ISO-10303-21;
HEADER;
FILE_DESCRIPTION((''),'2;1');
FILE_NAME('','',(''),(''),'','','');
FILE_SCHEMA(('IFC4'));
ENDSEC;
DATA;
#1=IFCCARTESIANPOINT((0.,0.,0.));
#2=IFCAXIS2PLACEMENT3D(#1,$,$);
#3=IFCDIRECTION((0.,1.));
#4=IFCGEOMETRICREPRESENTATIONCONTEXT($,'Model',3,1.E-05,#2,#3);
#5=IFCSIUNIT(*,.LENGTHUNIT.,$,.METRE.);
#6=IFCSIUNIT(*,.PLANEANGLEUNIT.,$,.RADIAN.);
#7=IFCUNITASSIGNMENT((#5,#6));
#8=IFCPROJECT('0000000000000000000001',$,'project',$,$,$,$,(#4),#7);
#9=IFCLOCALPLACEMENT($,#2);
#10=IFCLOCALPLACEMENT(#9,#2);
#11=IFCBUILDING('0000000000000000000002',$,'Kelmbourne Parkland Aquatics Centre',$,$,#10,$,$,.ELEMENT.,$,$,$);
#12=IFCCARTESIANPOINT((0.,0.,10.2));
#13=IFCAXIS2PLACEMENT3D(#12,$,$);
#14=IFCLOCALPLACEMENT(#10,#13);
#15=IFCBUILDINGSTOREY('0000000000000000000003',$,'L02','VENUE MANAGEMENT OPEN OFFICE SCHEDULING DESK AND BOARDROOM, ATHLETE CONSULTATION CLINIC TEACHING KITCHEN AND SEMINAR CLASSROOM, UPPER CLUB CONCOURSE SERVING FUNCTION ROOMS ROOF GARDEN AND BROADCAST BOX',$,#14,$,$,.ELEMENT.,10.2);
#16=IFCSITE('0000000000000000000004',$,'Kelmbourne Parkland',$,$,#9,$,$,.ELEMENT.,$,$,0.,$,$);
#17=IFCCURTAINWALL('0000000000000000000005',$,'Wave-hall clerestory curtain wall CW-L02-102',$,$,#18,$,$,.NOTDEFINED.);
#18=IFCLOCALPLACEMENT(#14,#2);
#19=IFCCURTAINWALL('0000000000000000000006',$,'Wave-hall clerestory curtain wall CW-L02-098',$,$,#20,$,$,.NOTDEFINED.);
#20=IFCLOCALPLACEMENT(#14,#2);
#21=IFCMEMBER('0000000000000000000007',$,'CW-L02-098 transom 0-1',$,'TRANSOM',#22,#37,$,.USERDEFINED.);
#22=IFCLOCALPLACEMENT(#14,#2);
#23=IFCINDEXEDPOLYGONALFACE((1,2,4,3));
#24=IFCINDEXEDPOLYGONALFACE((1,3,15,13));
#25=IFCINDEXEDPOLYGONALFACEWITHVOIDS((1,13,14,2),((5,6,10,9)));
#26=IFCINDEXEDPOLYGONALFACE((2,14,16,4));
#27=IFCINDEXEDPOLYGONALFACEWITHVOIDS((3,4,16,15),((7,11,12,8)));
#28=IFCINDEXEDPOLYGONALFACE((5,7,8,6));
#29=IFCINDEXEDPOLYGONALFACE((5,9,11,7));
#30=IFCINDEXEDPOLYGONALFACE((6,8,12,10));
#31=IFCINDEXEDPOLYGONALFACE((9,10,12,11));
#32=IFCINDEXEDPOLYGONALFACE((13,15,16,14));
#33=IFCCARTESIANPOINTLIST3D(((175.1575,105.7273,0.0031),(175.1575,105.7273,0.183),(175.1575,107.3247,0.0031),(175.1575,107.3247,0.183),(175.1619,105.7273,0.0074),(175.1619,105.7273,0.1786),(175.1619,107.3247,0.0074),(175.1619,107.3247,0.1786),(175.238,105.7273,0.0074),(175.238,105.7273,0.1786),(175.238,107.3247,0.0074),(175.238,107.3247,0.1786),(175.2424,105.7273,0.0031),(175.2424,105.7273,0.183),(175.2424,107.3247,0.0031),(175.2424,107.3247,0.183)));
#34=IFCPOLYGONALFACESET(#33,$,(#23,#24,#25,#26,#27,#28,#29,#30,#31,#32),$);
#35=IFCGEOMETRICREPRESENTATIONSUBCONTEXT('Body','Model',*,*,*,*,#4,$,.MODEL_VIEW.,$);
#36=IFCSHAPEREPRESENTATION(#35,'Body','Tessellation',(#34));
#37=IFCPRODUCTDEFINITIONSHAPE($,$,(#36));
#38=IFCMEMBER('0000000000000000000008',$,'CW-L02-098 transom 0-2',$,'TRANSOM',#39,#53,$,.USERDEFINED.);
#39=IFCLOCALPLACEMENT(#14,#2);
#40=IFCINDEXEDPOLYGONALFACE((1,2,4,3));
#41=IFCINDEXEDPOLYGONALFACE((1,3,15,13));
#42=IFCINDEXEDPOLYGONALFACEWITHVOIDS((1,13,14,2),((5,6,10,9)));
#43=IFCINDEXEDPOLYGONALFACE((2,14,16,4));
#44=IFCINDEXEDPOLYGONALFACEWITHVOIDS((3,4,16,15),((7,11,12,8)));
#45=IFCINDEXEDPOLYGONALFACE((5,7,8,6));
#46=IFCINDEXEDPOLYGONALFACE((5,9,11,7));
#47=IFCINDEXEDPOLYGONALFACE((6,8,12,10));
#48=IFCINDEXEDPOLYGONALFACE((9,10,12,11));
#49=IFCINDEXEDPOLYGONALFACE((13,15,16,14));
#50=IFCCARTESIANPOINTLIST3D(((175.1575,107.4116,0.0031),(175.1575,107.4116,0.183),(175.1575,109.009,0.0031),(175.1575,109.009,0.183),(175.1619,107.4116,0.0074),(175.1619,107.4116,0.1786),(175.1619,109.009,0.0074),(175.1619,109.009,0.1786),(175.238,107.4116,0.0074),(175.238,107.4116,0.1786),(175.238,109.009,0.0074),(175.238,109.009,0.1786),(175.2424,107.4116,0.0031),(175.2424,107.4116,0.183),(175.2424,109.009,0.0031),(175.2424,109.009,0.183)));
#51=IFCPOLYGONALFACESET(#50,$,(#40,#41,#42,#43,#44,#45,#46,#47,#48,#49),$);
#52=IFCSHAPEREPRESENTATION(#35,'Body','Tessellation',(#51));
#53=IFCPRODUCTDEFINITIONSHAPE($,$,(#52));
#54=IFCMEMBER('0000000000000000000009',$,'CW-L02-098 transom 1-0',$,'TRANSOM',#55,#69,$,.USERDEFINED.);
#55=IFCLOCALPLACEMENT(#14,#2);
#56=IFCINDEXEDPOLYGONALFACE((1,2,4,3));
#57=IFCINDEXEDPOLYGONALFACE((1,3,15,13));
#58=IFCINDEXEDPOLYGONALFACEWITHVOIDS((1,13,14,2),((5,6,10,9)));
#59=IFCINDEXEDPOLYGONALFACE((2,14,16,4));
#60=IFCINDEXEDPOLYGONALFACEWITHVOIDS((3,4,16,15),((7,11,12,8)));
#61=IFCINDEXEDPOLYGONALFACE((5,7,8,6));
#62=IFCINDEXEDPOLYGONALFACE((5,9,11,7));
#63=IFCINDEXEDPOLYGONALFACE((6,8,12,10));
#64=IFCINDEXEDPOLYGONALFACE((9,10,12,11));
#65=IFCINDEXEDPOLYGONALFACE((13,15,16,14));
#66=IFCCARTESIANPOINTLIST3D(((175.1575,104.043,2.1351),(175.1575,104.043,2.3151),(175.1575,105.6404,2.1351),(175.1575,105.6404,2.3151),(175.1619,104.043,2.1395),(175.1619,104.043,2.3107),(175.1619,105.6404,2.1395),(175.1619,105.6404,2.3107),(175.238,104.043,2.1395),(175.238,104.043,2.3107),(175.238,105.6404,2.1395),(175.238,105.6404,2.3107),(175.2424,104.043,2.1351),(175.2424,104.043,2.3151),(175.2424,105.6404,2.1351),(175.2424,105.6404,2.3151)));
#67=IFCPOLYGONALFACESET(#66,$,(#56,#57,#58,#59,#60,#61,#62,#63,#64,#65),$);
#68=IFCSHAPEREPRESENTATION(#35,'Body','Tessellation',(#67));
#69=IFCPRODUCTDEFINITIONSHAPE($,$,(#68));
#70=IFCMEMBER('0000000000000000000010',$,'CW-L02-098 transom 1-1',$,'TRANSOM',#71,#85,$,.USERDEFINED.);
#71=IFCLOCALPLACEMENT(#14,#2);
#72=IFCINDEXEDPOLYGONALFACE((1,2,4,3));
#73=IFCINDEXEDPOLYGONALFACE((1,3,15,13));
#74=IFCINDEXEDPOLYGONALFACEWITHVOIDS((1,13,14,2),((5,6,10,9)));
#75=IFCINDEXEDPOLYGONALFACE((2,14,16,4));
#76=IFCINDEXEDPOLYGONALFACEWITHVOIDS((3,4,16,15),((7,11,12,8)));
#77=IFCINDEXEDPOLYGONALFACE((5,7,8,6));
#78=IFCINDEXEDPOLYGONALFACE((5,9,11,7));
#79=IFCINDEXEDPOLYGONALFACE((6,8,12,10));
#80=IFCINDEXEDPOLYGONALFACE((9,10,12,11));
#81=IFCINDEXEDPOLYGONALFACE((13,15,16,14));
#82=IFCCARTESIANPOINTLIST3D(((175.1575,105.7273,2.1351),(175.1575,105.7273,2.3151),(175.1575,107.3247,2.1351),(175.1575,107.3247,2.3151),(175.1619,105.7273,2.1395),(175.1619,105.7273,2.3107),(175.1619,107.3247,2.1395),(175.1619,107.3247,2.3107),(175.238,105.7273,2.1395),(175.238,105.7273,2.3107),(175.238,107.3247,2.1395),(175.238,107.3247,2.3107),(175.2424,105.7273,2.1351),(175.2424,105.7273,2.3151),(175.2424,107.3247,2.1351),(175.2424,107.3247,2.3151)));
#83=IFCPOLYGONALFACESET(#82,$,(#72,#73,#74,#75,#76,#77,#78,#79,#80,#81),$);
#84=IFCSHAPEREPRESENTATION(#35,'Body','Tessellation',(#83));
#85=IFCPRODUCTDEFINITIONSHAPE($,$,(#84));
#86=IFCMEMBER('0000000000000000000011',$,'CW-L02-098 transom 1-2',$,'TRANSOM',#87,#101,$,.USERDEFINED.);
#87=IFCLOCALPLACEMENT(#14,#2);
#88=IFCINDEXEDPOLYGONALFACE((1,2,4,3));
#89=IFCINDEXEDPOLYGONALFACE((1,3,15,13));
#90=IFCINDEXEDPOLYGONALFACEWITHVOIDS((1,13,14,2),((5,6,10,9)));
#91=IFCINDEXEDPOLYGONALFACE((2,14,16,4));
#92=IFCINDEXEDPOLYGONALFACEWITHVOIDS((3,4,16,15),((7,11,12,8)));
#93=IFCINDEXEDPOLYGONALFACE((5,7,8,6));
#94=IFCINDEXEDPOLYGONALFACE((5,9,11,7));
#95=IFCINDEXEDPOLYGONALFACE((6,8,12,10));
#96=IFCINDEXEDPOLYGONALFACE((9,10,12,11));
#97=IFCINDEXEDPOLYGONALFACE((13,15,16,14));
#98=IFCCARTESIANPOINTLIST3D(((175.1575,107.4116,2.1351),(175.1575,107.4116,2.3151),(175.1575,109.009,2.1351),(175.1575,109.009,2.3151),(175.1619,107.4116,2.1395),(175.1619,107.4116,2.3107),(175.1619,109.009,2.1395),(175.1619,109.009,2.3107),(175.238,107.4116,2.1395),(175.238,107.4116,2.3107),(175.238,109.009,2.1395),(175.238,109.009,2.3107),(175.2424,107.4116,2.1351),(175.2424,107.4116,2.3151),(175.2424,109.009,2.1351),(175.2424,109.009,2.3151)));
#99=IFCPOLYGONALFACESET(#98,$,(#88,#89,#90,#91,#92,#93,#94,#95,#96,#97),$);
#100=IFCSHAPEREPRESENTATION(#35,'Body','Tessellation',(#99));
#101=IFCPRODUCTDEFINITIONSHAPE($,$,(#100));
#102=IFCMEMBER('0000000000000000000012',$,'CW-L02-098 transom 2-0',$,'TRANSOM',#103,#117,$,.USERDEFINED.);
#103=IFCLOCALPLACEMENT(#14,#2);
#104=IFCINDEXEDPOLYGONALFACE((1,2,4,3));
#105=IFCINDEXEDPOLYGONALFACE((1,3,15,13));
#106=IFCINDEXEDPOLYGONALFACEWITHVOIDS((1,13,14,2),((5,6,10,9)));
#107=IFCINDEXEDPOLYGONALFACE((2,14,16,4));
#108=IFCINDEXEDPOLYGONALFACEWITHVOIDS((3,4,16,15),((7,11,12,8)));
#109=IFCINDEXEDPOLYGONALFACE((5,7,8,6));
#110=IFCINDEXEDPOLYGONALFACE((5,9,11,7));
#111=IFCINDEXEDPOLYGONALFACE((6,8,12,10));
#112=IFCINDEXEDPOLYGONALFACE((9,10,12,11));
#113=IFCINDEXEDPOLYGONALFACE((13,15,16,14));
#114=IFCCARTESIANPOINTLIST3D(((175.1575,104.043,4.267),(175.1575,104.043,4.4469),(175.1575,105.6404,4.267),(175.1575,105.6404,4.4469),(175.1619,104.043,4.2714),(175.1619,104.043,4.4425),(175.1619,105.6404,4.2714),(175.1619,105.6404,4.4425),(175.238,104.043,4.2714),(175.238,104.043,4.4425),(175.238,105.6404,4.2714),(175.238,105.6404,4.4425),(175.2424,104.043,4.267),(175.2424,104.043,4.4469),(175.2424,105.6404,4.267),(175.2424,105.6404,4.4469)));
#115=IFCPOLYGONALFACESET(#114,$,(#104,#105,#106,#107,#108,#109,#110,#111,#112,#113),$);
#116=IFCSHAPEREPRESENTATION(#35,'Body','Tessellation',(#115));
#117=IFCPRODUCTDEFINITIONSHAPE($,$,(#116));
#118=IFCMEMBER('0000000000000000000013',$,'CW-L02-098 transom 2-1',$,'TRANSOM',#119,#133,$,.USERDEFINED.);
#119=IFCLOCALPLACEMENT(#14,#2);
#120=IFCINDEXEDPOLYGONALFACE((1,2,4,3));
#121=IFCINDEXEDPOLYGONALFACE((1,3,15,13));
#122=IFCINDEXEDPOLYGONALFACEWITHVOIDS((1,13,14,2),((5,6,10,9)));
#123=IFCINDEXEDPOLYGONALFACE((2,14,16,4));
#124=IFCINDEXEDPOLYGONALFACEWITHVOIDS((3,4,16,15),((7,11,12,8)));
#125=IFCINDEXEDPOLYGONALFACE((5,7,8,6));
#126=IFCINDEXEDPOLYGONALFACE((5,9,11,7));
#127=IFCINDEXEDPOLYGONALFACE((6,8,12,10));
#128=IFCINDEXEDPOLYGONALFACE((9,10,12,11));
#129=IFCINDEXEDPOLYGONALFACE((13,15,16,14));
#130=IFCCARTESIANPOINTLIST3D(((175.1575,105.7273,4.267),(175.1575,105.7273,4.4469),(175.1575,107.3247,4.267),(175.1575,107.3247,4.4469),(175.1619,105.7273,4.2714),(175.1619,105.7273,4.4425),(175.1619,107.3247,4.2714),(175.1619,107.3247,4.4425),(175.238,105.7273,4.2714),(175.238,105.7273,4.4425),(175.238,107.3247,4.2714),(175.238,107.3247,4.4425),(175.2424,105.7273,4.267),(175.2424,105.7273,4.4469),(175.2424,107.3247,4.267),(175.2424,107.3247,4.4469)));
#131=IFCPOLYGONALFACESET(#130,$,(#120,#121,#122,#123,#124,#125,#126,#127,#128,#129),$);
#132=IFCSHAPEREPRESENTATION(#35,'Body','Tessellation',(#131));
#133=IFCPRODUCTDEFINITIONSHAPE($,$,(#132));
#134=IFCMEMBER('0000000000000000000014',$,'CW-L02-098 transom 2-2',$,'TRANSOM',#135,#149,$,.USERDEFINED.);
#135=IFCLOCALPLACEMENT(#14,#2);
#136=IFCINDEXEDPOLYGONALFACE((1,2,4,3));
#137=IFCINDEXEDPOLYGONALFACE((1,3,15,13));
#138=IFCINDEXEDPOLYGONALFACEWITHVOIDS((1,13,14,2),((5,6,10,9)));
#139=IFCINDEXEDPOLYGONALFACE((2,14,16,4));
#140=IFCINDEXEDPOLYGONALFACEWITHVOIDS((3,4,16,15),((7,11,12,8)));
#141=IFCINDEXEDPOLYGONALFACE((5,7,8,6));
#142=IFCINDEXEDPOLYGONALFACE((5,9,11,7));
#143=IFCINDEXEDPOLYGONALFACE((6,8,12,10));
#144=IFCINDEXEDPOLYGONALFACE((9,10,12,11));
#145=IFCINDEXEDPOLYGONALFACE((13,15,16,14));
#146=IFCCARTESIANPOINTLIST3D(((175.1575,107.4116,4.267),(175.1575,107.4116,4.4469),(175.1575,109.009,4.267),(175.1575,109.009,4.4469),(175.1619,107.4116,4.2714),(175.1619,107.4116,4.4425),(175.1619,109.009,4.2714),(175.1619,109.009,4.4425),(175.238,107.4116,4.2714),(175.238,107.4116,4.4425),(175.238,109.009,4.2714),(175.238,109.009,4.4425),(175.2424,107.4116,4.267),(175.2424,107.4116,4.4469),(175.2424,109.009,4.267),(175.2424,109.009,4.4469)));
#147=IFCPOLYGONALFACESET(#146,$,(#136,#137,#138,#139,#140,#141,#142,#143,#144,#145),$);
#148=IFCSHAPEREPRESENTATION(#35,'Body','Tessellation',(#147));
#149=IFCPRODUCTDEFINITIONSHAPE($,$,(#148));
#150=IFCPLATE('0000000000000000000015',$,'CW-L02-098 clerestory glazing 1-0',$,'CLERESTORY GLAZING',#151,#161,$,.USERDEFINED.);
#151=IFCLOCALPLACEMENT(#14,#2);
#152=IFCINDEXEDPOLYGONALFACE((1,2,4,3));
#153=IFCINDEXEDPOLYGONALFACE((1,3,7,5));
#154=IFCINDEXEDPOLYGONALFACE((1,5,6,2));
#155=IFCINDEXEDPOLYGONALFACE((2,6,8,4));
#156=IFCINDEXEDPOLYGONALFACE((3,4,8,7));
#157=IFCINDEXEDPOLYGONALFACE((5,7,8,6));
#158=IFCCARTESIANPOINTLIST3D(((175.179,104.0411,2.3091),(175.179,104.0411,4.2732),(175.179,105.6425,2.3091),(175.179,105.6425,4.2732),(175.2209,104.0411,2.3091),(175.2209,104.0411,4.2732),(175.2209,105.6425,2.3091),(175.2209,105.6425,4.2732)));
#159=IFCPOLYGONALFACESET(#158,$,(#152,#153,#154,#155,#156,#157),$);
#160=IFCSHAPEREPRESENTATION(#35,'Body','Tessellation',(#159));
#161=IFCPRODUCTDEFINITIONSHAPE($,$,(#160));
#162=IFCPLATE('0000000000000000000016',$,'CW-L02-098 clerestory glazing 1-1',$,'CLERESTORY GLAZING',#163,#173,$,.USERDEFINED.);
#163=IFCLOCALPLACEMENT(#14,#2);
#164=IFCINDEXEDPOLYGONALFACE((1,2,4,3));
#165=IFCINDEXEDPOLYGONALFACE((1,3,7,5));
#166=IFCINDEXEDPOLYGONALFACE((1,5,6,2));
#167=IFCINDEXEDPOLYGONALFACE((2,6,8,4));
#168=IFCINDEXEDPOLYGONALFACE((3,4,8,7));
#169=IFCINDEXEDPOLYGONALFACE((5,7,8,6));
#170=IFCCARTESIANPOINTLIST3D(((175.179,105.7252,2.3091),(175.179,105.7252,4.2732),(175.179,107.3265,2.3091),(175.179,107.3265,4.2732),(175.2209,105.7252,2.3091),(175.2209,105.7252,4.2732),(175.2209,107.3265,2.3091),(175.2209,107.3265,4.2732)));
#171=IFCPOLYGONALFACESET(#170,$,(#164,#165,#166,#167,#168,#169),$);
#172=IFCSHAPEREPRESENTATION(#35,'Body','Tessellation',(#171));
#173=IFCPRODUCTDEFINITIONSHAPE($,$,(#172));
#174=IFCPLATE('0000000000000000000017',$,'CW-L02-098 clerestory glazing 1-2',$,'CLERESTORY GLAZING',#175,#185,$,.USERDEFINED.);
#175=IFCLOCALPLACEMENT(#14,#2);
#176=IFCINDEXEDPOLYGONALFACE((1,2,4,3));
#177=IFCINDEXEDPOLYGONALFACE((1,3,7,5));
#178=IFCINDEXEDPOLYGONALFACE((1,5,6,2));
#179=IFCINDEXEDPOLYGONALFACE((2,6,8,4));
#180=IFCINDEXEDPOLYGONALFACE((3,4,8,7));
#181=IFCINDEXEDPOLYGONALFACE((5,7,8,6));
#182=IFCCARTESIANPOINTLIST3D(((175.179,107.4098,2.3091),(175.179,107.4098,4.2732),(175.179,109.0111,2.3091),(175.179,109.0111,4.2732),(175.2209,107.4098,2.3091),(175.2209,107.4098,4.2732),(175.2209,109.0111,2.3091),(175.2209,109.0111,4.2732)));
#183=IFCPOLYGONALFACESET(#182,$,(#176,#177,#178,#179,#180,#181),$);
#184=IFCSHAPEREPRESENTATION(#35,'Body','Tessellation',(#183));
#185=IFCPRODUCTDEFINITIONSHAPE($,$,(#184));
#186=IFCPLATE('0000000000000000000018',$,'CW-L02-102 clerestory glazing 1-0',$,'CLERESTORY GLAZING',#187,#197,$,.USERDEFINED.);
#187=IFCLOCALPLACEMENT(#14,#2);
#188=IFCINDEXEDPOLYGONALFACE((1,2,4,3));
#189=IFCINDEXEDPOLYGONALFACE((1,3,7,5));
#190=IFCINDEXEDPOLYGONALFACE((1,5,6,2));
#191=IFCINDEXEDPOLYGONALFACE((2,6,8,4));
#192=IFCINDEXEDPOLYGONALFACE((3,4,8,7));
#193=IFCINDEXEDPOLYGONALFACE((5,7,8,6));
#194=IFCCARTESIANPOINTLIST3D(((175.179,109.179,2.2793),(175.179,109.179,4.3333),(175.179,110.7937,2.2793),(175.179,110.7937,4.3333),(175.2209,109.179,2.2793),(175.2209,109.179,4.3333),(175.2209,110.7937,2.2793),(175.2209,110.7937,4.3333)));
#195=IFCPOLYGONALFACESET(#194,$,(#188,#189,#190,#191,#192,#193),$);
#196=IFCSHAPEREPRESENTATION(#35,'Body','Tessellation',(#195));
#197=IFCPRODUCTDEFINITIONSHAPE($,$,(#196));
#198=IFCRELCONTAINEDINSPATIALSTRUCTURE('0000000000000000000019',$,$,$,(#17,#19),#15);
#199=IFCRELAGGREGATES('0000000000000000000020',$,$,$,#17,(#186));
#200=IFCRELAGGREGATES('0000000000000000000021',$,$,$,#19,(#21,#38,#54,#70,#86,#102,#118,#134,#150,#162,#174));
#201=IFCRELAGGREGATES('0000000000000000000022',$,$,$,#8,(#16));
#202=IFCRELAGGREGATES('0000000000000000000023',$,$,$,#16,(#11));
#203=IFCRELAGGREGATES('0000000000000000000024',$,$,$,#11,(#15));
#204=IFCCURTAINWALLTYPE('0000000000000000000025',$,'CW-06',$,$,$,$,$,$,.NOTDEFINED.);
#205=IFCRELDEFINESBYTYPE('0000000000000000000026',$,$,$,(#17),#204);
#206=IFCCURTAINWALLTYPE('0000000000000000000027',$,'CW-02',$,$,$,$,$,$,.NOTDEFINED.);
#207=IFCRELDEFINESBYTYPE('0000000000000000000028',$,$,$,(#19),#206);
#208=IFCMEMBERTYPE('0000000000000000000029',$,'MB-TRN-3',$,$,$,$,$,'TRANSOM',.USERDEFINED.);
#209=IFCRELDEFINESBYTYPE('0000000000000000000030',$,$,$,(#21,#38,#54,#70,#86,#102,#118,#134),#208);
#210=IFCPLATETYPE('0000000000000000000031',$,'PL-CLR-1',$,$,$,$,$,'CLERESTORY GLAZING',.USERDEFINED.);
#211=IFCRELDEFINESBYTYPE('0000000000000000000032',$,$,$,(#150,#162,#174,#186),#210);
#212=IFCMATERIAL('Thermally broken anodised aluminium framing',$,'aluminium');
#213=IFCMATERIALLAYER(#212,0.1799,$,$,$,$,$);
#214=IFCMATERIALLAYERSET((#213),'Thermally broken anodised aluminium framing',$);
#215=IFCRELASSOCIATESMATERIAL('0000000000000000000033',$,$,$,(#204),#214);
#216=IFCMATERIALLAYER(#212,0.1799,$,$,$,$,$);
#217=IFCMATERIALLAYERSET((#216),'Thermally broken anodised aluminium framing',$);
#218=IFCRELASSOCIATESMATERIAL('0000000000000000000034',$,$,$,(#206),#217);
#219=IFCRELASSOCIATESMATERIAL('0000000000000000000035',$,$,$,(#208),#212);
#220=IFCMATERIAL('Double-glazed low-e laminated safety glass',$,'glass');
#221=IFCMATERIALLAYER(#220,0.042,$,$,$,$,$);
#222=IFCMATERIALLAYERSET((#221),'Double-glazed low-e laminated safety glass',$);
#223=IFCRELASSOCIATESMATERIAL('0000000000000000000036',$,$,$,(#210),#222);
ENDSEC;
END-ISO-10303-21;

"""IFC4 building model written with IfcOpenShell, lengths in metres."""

from ifc_helpers import new_model, si_unit, direction, frame, origin, origin_2d, place, context, subcontext, project, spatial, rectangle, hollow_rectangle, extrude, material, layer, layer_set, material_profile, profile_set, type_object, element, aggregate, save


model = new_model("IFC4")

# Units and contexts
model_context = context("Model", 3, precision=1e-05, world=origin(), true_north=direction((0.0, 1.0)))
body_context = subcontext(model_context, "Body", "Model", "MODEL_VIEW")
ifc_project = project(units=[si_unit("LENGTHUNIT", "METRE"), si_unit("PLANEANGLEUNIT", "RADIAN")], contexts=[model_context])

# Site, building, storey
site_placement = place(None, origin())
site = spatial("IfcSite", under=ifc_project, at=site_placement, Name="Kelmbourne Parkland", CompositionType="ELEMENT", RefElevation=0.0)
building_placement = place(site_placement, origin())
building = spatial("IfcBuilding", under=site, at=building_placement, Name="Kelmbourne Parkland Aquatics Centre", CompositionType="ELEMENT")
storey_placement = place(building_placement, frame((0.0, 0.0, 10.2)))
storey = spatial("IfcBuildingStorey", under=building, at=storey_placement, Name="L02", Description="VENUE MANAGEMENT OPEN OFFICE SCHEDULING DESK AND BOARDROOM, ATHLETE CONSULTATION CLINIC TEACHING KITCHEN AND SEMINAR CLASSROOM, UPPER CLUB CONCOURSE SERVING FUNCTION ROOMS ROOF GARDEN AND BROADCAST BOX", CompositionType="ELEMENT", Elevation=10.2)

# Curtain walls
ifc_material_1 = material(Name="Thermally broken anodised aluminium framing", Category="aluminium")
ifc_layer_1 = layer(ifc_material_1, 0.1799)
ifc_layer_set_1 = layer_set([ifc_layer_1], Name="Thermally broken anodised aluminium framing")
curtain_wall_type_1 = type_object("IfcCurtainWallType", Name="CW-06", PredefinedType="NOTDEFINED", material=ifc_layer_set_1)
curtain_wall_1_placement = place(storey_placement, origin())
curtain_wall_1 = element("IfcCurtainWall", 1, at=curtain_wall_1_placement, inside=storey, type_object=curtain_wall_type_1, Name="Wave-hall clerestory curtain wall CW-L02-102", PredefinedType="NOTDEFINED")
ifc_layer_2 = layer(ifc_material_1, 0.1799)
ifc_layer_set_2 = layer_set([ifc_layer_2], Name="Thermally broken anodised aluminium framing")
curtain_wall_type_2 = type_object("IfcCurtainWallType", Name="CW-02", PredefinedType="NOTDEFINED", material=ifc_layer_set_2)
curtain_wall_2_placement = place(storey_placement, origin())
curtain_wall_2 = element("IfcCurtainWall", 2, at=curtain_wall_2_placement, inside=storey, type_object=curtain_wall_type_2, Name="Wave-hall clerestory curtain wall CW-L02-098", PredefinedType="NOTDEFINED")

# Members
ifc_material_profile_1 = material_profile(ifc_material_1, hollow_rectangle(XDim=0.085, YDim=0.1799, WallThickness=0.0044, at=origin_2d()), Name="CW-T 85x180")
ifc_profile_set_1 = profile_set([ifc_material_profile_1], Name="Thermally broken anodised aluminium framing")
member_type_1 = type_object("IfcMemberType", Name="MB-TRN-3", ElementType="TRANSOM", PredefinedType="USERDEFINED", material=ifc_profile_set_1)
member_1_placement = place(storey_placement, frame((175.2, 105.7273, 0.093), z_axis=(0.0, 1.0, 0.0), x_axis=(-1.0, 0.0, 0.0)))
member_1 = element("IfcMember", 3, at=member_1_placement, type_object=member_type_1, Name="CW-L02-098 transom 0-1", ObjectType="TRANSOM", PredefinedType="USERDEFINED", context=body_context, shape_type="SweptSolid", body=[
    extrude(hollow_rectangle(XDim=0.085, YDim=0.1799, WallThickness=0.0044, at=origin_2d()), origin(), (0.0, 0.0, 1.0), 1.5974),
])
member_2_placement = place(storey_placement, frame((175.2, 107.4116, 0.093), z_axis=(0.0, 1.0, 0.0), x_axis=(-1.0, 0.0, 0.0)))
member_2 = element("IfcMember", 4, at=member_2_placement, type_object=member_type_1, Name="CW-L02-098 transom 0-2", ObjectType="TRANSOM", PredefinedType="USERDEFINED", context=body_context, shape_type="SweptSolid", body=[
    extrude(hollow_rectangle(XDim=0.085, YDim=0.1799, WallThickness=0.0044, at=origin_2d()), origin(), (0.0, 0.0, 1.0), 1.5974),
])
member_3_placement = place(storey_placement, frame((175.2, 104.043, 2.2251), z_axis=(0.0, 1.0, 0.0), x_axis=(-1.0, 0.0, 0.0)))
member_3 = element("IfcMember", 5, at=member_3_placement, type_object=member_type_1, Name="CW-L02-098 transom 1-0", ObjectType="TRANSOM", PredefinedType="USERDEFINED", context=body_context, shape_type="SweptSolid", body=[
    extrude(hollow_rectangle(XDim=0.085, YDim=0.1799, WallThickness=0.0044, at=origin_2d()), origin(), (0.0, 0.0, 1.0), 1.5974),
])
member_4_placement = place(storey_placement, frame((175.2, 105.7273, 2.2251), z_axis=(0.0, 1.0, 0.0), x_axis=(-1.0, 0.0, 0.0)))
member_4 = element("IfcMember", 6, at=member_4_placement, type_object=member_type_1, Name="CW-L02-098 transom 1-1", ObjectType="TRANSOM", PredefinedType="USERDEFINED", context=body_context, shape_type="SweptSolid", body=[
    extrude(hollow_rectangle(XDim=0.085, YDim=0.1799, WallThickness=0.0044, at=origin_2d()), origin(), (0.0, 0.0, 1.0), 1.5974),
])
member_5_placement = place(storey_placement, frame((175.2, 107.4116, 2.2251), z_axis=(0.0, 1.0, 0.0), x_axis=(-1.0, 0.0, 0.0)))
member_5 = element("IfcMember", 7, at=member_5_placement, type_object=member_type_1, Name="CW-L02-098 transom 1-2", ObjectType="TRANSOM", PredefinedType="USERDEFINED", context=body_context, shape_type="SweptSolid", body=[
    extrude(hollow_rectangle(XDim=0.085, YDim=0.1799, WallThickness=0.0044, at=origin_2d()), origin(), (0.0, 0.0, 1.0), 1.5974),
])
member_6_placement = place(storey_placement, frame((175.2, 104.043, 4.3569), z_axis=(0.0, 1.0, 0.0), x_axis=(-1.0, 0.0, 0.0)))
member_6 = element("IfcMember", 8, at=member_6_placement, type_object=member_type_1, Name="CW-L02-098 transom 2-0", ObjectType="TRANSOM", PredefinedType="USERDEFINED", context=body_context, shape_type="SweptSolid", body=[
    extrude(hollow_rectangle(XDim=0.085, YDim=0.1799, WallThickness=0.0044, at=origin_2d()), origin(), (0.0, 0.0, 1.0), 1.5974),
])
member_7_placement = place(storey_placement, frame((175.2, 105.7273, 4.3569), z_axis=(0.0, 1.0, 0.0), x_axis=(-1.0, 0.0, 0.0)))
member_7 = element("IfcMember", 9, at=member_7_placement, type_object=member_type_1, Name="CW-L02-098 transom 2-1", ObjectType="TRANSOM", PredefinedType="USERDEFINED", context=body_context, shape_type="SweptSolid", body=[
    extrude(hollow_rectangle(XDim=0.085, YDim=0.1799, WallThickness=0.0044, at=origin_2d()), origin(), (0.0, 0.0, 1.0), 1.5974),
])
member_8_placement = place(storey_placement, frame((175.2, 107.4116, 4.3569), z_axis=(0.0, 1.0, 0.0), x_axis=(-1.0, 0.0, 0.0)))
member_8 = element("IfcMember", 10, at=member_8_placement, type_object=member_type_1, Name="CW-L02-098 transom 2-2", ObjectType="TRANSOM", PredefinedType="USERDEFINED", context=body_context, shape_type="SweptSolid", body=[
    extrude(hollow_rectangle(XDim=0.085, YDim=0.1799, WallThickness=0.0044, at=origin_2d()), origin(), (0.0, 0.0, 1.0), 1.5974),
])

# Plates
ifc_material_2 = material(Name="Double-glazed low-e laminated safety glass", Category="glass")
ifc_layer_3 = layer(ifc_material_2, 0.042)
ifc_layer_set_3 = layer_set([ifc_layer_3], Name="Double-glazed low-e laminated safety glass")
plate_type_1 = type_object("IfcPlateType", Name="PL-CLR-1", ElementType="CLERESTORY GLAZING", PredefinedType="USERDEFINED", material=ifc_layer_set_3)
plate_1_placement = place(storey_placement, frame((175.2, 104.8418, 2.3091), z_axis=(0.0, 0.0, 1.0), x_axis=(0.0, 1.0, 0.0)))
plate_1 = element("IfcPlate", 11, at=plate_1_placement, type_object=plate_type_1, Name="CW-L02-098 clerestory glazing 1-0", ObjectType="CLERESTORY GLAZING", PredefinedType="USERDEFINED", context=body_context, shape_type="SweptSolid", body=[
    extrude(rectangle(XDim=1.6013, YDim=0.042, at=origin_2d()), origin(), (0.0, 0.0, 1.0), 1.9641),
])
plate_2_placement = place(storey_placement, frame((175.2, 106.5259, 2.3091), z_axis=(0.0, 0.0, 1.0), x_axis=(0.0, 1.0, 0.0)))
plate_2 = element("IfcPlate", 12, at=plate_2_placement, type_object=plate_type_1, Name="CW-L02-098 clerestory glazing 1-1", ObjectType="CLERESTORY GLAZING", PredefinedType="USERDEFINED", context=body_context, shape_type="SweptSolid", body=[
    extrude(rectangle(XDim=1.6013, YDim=0.042, at=origin_2d()), origin(), (0.0, 0.0, 1.0), 1.9641),
])
plate_3_placement = place(storey_placement, frame((175.2, 108.2104, 2.3091), z_axis=(0.0, 0.0, 1.0), x_axis=(0.0, 1.0, 0.0)))
plate_3 = element("IfcPlate", 13, at=plate_3_placement, type_object=plate_type_1, Name="CW-L02-098 clerestory glazing 1-2", ObjectType="CLERESTORY GLAZING", PredefinedType="USERDEFINED", context=body_context, shape_type="SweptSolid", body=[
    extrude(rectangle(XDim=1.6013, YDim=0.042, at=origin_2d()), origin(), (0.0, 0.0, 1.0), 1.9641),
])
plate_4_placement = place(storey_placement, frame((175.2, 109.9863, 2.2793), z_axis=(0.0, 0.0, 1.0), x_axis=(0.0, 1.0, 0.0)))
plate_4 = element("IfcPlate", 14, at=plate_4_placement, type_object=plate_type_1, Name="CW-L02-102 clerestory glazing 1-0", ObjectType="CLERESTORY GLAZING", PredefinedType="USERDEFINED", context=body_context, shape_type="SweptSolid", body=[
    extrude(rectangle(XDim=1.6147, YDim=0.042, at=origin_2d()), origin(), (0.0, 0.0, 1.0), 2.054),
])
aggregate(curtain_wall_1, [plate_4])
aggregate(curtain_wall_2, [member_1, member_2, member_3, member_4, member_5, member_6, member_7, member_8, plate_1, plate_2, plate_3])

save(model, "model.ifc")
